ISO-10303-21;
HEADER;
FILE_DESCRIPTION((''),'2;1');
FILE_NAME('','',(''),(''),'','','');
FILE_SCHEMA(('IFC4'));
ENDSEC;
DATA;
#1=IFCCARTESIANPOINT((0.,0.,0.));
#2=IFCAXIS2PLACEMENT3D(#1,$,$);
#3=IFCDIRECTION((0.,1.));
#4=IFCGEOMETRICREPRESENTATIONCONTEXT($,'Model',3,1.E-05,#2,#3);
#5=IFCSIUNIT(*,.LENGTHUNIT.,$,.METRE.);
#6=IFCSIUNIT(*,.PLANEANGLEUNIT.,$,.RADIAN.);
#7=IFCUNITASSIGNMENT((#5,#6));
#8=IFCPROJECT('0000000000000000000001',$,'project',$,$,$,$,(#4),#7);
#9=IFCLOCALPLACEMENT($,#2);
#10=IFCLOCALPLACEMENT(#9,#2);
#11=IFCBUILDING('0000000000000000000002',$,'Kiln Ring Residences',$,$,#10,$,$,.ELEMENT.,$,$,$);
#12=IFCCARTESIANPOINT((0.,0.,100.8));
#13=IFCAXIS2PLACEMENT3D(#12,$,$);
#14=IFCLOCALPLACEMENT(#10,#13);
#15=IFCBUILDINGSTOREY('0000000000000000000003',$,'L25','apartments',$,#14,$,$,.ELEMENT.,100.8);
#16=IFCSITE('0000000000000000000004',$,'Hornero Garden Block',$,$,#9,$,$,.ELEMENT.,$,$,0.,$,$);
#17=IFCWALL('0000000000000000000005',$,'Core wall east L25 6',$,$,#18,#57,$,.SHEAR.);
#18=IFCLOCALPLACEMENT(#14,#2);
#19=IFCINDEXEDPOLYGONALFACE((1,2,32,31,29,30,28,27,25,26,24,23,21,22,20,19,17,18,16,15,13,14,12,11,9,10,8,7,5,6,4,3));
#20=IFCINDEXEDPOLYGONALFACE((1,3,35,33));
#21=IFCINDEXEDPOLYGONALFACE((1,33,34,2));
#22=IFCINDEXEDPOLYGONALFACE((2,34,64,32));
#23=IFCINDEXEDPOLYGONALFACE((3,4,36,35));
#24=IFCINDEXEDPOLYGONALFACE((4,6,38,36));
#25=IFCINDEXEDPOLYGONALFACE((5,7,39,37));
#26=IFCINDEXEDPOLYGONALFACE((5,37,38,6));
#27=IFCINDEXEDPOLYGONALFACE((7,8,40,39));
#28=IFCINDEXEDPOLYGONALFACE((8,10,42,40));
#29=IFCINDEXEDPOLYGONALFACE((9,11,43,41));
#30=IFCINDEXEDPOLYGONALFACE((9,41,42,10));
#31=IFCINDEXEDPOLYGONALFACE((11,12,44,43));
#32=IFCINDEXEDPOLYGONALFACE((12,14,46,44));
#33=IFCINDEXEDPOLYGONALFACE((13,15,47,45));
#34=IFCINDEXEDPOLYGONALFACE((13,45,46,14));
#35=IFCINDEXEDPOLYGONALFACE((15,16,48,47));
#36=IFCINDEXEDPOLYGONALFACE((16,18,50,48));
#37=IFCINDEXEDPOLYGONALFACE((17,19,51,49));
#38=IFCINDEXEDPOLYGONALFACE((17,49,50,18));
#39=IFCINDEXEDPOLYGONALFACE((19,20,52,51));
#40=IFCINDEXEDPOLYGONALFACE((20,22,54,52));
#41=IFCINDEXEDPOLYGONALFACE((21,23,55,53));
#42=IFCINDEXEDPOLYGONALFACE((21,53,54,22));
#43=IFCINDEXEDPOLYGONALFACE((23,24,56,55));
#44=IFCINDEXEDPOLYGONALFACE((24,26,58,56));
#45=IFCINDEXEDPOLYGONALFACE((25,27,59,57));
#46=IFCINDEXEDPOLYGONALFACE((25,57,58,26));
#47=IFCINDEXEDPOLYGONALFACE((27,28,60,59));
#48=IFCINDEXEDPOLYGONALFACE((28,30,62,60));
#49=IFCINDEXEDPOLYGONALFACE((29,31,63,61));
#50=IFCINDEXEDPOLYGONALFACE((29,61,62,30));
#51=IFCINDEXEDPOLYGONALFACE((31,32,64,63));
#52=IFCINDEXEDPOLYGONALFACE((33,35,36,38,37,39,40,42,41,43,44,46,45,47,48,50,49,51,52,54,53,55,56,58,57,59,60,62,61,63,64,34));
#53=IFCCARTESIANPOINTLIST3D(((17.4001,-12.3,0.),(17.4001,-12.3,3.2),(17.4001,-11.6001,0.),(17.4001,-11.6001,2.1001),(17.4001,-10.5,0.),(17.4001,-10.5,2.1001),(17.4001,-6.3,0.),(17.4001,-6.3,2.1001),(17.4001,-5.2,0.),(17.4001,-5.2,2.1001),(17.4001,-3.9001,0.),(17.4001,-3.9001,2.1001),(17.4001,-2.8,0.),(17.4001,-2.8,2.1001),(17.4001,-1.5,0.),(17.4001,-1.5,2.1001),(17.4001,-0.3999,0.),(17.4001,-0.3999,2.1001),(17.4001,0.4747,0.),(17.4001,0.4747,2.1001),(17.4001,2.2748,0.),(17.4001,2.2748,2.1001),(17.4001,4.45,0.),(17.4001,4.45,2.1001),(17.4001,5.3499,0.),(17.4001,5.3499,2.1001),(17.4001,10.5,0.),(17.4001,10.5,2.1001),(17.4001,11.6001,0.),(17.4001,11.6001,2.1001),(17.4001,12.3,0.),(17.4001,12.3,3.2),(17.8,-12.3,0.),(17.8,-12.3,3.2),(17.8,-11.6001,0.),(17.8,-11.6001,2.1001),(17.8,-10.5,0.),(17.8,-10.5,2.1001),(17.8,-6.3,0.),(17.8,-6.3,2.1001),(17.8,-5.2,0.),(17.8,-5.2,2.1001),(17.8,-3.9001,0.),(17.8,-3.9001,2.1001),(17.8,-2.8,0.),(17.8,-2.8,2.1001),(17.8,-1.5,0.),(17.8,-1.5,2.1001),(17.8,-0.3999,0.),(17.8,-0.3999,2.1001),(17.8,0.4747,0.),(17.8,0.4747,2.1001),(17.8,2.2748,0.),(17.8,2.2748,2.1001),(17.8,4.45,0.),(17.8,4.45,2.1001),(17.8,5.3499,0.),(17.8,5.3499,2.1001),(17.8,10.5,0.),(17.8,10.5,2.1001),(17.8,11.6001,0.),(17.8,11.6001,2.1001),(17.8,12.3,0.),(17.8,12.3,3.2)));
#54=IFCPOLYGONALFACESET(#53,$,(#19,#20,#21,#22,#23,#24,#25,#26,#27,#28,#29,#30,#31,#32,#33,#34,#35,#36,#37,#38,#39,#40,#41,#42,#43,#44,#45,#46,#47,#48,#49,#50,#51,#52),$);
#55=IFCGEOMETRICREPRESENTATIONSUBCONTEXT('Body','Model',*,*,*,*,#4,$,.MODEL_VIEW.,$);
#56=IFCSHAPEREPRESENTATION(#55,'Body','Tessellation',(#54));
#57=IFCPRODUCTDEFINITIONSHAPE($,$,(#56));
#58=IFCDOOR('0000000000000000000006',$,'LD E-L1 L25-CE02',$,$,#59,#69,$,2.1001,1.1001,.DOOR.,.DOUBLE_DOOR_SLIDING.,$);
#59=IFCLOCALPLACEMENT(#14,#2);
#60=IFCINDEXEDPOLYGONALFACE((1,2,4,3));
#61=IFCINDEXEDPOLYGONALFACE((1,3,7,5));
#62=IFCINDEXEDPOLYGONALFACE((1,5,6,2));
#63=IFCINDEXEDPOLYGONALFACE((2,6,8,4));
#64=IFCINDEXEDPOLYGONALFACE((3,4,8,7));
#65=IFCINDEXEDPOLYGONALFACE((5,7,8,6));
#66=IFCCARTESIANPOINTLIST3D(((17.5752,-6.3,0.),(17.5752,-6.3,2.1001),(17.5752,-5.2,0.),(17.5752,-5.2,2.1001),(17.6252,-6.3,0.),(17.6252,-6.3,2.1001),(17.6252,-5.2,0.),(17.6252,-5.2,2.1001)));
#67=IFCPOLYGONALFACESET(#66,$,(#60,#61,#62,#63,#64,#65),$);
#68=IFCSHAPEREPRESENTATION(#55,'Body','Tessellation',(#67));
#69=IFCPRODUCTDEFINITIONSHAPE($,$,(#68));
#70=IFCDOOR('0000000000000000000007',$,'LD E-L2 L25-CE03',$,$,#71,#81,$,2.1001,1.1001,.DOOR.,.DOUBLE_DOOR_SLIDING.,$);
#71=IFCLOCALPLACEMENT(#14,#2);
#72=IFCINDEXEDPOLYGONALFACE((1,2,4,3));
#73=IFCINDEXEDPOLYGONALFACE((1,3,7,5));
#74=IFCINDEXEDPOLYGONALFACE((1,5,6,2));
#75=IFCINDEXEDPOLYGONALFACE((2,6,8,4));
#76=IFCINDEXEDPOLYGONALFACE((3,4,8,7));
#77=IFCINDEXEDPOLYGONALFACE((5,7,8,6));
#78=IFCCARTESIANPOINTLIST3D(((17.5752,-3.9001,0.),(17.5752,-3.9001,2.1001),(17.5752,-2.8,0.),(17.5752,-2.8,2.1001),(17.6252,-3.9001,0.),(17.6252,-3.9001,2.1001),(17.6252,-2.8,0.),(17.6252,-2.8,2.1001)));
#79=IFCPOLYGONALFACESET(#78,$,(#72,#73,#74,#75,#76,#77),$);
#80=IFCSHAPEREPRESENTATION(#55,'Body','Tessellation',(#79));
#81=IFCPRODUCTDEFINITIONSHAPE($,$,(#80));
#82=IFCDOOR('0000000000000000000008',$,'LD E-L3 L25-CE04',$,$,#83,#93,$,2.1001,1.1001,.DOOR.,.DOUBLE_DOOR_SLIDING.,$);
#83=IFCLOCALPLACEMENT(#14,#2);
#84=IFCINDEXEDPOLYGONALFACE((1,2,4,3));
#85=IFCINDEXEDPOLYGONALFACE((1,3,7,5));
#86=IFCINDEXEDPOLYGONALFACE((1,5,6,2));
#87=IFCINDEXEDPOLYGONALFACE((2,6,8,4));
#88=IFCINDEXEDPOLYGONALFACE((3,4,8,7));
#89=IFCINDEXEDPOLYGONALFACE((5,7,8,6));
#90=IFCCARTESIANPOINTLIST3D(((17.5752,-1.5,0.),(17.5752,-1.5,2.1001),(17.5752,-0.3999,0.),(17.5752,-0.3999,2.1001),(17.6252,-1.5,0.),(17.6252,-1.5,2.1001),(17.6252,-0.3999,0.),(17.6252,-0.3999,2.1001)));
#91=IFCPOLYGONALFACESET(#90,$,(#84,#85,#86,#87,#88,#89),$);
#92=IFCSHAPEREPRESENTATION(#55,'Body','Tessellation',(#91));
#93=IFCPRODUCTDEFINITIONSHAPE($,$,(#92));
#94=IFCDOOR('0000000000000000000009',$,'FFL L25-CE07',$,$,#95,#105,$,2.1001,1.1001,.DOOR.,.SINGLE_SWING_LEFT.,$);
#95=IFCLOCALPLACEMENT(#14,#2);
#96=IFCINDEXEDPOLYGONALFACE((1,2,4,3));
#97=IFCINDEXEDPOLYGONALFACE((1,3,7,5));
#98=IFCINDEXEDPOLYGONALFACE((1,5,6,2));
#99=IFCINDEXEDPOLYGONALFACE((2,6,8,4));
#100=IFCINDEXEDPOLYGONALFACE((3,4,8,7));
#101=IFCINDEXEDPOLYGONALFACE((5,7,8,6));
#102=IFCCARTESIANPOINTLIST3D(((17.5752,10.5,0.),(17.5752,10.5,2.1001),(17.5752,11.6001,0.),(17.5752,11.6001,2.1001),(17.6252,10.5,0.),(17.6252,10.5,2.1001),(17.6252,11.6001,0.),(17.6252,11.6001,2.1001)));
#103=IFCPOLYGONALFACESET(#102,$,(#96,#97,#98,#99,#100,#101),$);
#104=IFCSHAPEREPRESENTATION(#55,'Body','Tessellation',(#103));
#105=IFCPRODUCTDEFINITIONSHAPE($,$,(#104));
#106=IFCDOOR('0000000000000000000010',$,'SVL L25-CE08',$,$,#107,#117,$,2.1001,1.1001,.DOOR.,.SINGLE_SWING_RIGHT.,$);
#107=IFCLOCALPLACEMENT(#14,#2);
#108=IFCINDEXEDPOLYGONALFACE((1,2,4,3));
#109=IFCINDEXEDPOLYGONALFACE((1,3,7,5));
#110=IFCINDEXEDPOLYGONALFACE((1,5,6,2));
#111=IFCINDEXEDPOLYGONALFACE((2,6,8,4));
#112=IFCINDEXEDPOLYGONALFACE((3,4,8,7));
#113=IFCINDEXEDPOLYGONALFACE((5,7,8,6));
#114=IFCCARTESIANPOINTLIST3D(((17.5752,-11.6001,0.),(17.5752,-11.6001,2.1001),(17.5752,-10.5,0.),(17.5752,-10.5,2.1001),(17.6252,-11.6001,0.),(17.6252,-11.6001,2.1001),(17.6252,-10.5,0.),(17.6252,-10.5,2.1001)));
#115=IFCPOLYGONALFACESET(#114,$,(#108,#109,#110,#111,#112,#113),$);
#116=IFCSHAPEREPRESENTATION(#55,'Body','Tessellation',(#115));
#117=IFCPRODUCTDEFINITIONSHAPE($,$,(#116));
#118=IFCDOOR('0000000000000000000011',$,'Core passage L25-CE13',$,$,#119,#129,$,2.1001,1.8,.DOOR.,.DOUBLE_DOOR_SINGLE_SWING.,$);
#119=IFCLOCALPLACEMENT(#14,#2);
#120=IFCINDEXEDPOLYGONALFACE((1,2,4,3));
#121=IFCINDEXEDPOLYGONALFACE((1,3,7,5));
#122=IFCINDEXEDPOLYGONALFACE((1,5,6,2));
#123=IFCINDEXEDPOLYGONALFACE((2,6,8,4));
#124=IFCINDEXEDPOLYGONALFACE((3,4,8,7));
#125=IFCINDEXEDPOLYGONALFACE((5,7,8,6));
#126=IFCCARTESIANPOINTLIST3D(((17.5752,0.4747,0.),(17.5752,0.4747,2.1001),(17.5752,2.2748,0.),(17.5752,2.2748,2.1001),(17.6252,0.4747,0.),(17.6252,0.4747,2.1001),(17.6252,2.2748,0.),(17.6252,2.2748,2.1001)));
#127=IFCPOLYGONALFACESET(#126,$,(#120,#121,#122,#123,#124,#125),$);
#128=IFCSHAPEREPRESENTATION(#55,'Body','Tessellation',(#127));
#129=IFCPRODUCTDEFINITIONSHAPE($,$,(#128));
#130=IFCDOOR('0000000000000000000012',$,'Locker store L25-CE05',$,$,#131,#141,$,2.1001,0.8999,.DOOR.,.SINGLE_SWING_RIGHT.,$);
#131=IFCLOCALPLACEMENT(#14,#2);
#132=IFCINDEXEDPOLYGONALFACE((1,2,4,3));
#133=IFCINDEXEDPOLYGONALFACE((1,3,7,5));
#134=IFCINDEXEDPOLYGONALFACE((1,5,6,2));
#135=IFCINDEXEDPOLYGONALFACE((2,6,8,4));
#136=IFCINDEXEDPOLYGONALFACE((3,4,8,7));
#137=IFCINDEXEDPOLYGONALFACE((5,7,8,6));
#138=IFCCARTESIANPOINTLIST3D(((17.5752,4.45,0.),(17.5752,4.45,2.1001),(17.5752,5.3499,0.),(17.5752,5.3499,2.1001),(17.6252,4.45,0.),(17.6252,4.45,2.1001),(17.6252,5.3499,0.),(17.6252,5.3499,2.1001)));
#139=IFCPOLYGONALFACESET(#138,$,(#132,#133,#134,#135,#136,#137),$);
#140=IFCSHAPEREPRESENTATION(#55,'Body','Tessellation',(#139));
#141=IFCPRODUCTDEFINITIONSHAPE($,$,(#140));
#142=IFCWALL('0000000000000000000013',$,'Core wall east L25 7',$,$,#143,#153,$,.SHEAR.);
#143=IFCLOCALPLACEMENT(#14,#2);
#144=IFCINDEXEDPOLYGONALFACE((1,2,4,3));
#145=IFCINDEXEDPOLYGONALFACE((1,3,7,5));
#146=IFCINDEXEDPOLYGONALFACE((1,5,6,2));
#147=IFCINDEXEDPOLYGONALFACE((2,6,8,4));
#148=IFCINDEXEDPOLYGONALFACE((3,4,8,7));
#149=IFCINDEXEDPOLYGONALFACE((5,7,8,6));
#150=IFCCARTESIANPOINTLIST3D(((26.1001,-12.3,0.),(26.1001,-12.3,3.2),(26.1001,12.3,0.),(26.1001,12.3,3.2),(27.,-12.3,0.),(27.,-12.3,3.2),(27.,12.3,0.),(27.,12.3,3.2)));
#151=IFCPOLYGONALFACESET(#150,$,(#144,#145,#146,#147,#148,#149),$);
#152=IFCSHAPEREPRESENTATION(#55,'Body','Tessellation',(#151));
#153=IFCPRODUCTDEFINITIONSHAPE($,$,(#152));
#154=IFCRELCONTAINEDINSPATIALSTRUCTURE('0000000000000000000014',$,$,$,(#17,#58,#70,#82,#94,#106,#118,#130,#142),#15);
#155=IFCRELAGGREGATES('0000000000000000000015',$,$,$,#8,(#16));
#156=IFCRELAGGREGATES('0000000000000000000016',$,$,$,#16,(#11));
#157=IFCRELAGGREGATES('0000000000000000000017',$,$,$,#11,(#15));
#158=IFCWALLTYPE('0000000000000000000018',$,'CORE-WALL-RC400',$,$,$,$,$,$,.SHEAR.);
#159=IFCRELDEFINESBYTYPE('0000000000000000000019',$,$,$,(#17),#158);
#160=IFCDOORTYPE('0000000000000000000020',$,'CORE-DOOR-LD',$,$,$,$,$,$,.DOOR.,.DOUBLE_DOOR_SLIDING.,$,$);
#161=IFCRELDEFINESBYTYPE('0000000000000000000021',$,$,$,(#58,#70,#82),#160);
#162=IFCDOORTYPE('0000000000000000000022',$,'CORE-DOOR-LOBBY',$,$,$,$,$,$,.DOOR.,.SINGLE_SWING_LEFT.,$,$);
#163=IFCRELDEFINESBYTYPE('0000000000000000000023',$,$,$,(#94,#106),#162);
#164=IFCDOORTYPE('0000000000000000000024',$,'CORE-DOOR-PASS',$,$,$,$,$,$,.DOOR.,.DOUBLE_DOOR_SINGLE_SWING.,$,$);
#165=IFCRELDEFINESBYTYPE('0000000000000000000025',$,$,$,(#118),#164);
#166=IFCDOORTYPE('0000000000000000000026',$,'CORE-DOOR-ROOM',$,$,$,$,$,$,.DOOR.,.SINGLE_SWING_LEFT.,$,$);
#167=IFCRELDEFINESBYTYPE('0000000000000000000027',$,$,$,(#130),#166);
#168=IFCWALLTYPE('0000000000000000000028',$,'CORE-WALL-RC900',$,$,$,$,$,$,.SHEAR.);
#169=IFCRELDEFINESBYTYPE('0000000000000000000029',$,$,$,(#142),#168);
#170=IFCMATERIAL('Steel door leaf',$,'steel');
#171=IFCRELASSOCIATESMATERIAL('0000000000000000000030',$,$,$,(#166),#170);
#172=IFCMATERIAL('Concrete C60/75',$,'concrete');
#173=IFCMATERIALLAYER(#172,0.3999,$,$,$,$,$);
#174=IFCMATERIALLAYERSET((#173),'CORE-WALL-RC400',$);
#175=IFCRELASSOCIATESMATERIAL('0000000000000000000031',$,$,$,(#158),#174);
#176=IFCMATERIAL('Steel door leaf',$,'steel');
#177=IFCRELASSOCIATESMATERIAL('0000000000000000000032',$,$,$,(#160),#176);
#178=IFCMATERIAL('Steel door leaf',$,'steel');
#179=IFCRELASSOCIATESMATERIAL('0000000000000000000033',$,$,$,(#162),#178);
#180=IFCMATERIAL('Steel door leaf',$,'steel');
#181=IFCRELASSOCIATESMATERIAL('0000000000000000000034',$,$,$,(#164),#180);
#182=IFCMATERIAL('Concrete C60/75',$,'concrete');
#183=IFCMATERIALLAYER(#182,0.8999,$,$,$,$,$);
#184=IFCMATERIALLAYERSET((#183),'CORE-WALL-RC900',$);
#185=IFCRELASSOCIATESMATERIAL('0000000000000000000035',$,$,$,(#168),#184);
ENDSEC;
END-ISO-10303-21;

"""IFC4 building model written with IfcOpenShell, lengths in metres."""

from ifc_helpers import new_model, si_unit, direction, frame, frame_2d, origin, place, context, subcontext, project, spatial, rectangle, extrude, material, layer, layer_set, type_object, element, fill, save


model = new_model("IFC4")

# Units and contexts
model_context = context("Model", 3, precision=1e-05, world=origin(), true_north=direction((0.0, 1.0)))
body_context = subcontext(model_context, "Body", "Model", "MODEL_VIEW")
ifc_project = project(units=[si_unit("LENGTHUNIT", "METRE"), si_unit("PLANEANGLEUNIT", "RADIAN")], contexts=[model_context])

# Site, building, storey
site_placement = place(None, origin())
site = spatial("IfcSite", under=ifc_project, at=site_placement, Name="Hornero Garden Block", CompositionType="ELEMENT", RefElevation=0.0)
building_placement = place(site_placement, origin())
building = spatial("IfcBuilding", under=site, at=building_placement, Name="Kiln Ring Residences", CompositionType="ELEMENT")
storey_placement = place(building_placement, frame((0.0, 0.0, 100.8)))
storey = spatial("IfcBuildingStorey", under=building, at=storey_placement, Name="L25", Description="apartments", CompositionType="ELEMENT", Elevation=100.8)

# Shared definitions
ifc_material_1 = material(Name="Steel door leaf", Category="steel")
door_type_1 = type_object("IfcDoorType", Name="CORE-DOOR-ROOM", OperationType="SINGLE_SWING_LEFT", PredefinedType="DOOR", material=ifc_material_1)

# Wall, openings, doors
ifc_material_2 = material(Name="Concrete C60/75", Category="concrete")
ifc_layer_1 = layer(ifc_material_2, 0.3999)
ifc_layer_set_1 = layer_set([ifc_layer_1], Name="CORE-WALL-RC400")
wall_type_1 = type_object("IfcWallType", Name="CORE-WALL-RC400", PredefinedType="SHEAR", material=ifc_layer_set_1)
wall_1_placement = place(storey_placement, frame((17.6001, -12.3, 0.0), z_axis=(0.0, 0.0, 1.0), x_axis=(0.0, 1.0, 0.0)))
wall_1 = element("IfcWall", 1, at=wall_1_placement, inside=storey, type_object=wall_type_1, Name="Core wall east L25 6", PredefinedType="SHEAR", context=body_context, shape_type="SweptSolid", body=[
    extrude(rectangle(XDim=24.6001, YDim=0.3999, at=frame_2d((12.3, 0.0))), origin(), (0.0, 0.0, 1.0), 3.2),
])
opening_1_placement = place(wall_1_placement, frame((6.0, 0.0, 0.0)))
opening_1 = element("IfcOpeningElement", 2, at=opening_1_placement, cuts=wall_1, PredefinedType="OPENING", context=body_context, shape_type="SweptSolid", body=[
    extrude(rectangle(XDim=1.1001, YDim=2.1001, at=frame_2d((0.55, 1.05))), frame((0.0, 0.21, 0.0), z_axis=(0.0, -1.0, 0.0), x_axis=(1.0, 0.0, 0.0)), (0.0, 0.0, 1.0), 0.4199),
])
opening_2_placement = place(wall_1_placement, frame((8.3999, 0.0, 0.0)))
opening_2 = element("IfcOpeningElement", 3, at=opening_2_placement, cuts=wall_1, PredefinedType="OPENING", context=body_context, shape_type="SweptSolid", body=[
    extrude(rectangle(XDim=1.1001, YDim=2.1001, at=frame_2d((0.55, 1.05))), frame((0.0, 0.21, 0.0), z_axis=(0.0, -1.0, 0.0), x_axis=(1.0, 0.0, 0.0)), (0.0, 0.0, 1.0), 0.4199),
])
opening_3_placement = place(wall_1_placement, frame((10.8, 0.0, 0.0)))
opening_3 = element("IfcOpeningElement", 4, at=opening_3_placement, cuts=wall_1, PredefinedType="OPENING", context=body_context, shape_type="SweptSolid", body=[
    extrude(rectangle(XDim=1.1001, YDim=2.1001, at=frame_2d((0.55, 1.05))), frame((0.0, 0.21, 0.0), z_axis=(0.0, -1.0, 0.0), x_axis=(1.0, 0.0, 0.0)), (0.0, 0.0, 1.0), 0.4199),
])
opening_4_placement = place(wall_1_placement, frame((16.75, 0.0, 0.0)))
opening_4 = element("IfcOpeningElement", 5, at=opening_4_placement, cuts=wall_1, PredefinedType="OPENING", context=body_context, shape_type="SweptSolid", body=[
    extrude(rectangle(XDim=0.8999, YDim=2.1001, at=frame_2d((0.45, 1.05))), frame((0.0, 0.21, 0.0), z_axis=(0.0, -1.0, 0.0), x_axis=(1.0, 0.0, 0.0)), (0.0, 0.0, 1.0), 0.4199),
])
opening_5_placement = place(wall_1_placement, frame((22.8, 0.0, 0.0)))
opening_5 = element("IfcOpeningElement", 6, at=opening_5_placement, cuts=wall_1, PredefinedType="OPENING", context=body_context, shape_type="SweptSolid", body=[
    extrude(rectangle(XDim=1.1001, YDim=2.1001, at=frame_2d((0.55, 1.05))), frame((0.0, 0.21, 0.0), z_axis=(0.0, -1.0, 0.0), x_axis=(1.0, 0.0, 0.0)), (0.0, 0.0, 1.0), 0.4199),
])
opening_6_placement = place(wall_1_placement, frame((0.7, 0.0, 0.0)))
opening_6 = element("IfcOpeningElement", 7, at=opening_6_placement, cuts=wall_1, PredefinedType="OPENING", context=body_context, shape_type="SweptSolid", body=[
    extrude(rectangle(XDim=1.1001, YDim=2.1001, at=frame_2d((0.55, 1.05))), frame((0.0, 0.21, 0.0), z_axis=(0.0, -1.0, 0.0), x_axis=(1.0, 0.0, 0.0)), (0.0, 0.0, 1.0), 0.4199),
])
opening_7_placement = place(wall_1_placement, frame((12.7749, 0.0, 0.0)))
opening_7 = element("IfcOpeningElement", 8, at=opening_7_placement, cuts=wall_1, PredefinedType="OPENING", context=body_context, shape_type="SweptSolid", body=[
    extrude(rectangle(XDim=1.8, YDim=2.1001, at=frame_2d((0.8999, 1.05))), frame((0.0, 0.21, 0.0), z_axis=(0.0, -1.0, 0.0), x_axis=(1.0, 0.0, 0.0)), (0.0, 0.0, 1.0), 0.4199),
])
ifc_material_3 = material(Name="Steel door leaf", Category="steel")
door_type_2 = type_object("IfcDoorType", Name="CORE-DOOR-LD", OperationType="DOUBLE_DOOR_SLIDING", PredefinedType="DOOR", material=ifc_material_3)
door_1_placement = place(opening_1_placement, origin())
door_1 = element("IfcDoor", 9, at=door_1_placement, inside=storey, type_object=door_type_2, Name="LD E-L1 L25-CE02", OperationType="DOUBLE_DOOR_SLIDING", OverallHeight=2.1001, OverallWidth=1.1001, PredefinedType="DOOR", context=body_context, shape_type="SweptSolid", body=[
    extrude(rectangle(XDim=1.1001, YDim=2.1001, at=frame_2d((0.55, 1.05))), frame((0.0, 0.0249, 0.0), z_axis=(0.0, -1.0, 0.0), x_axis=(1.0, 0.0, 0.0)), (0.0, 0.0, 1.0), 0.05),
])
fill(opening_1, door_1)
door_2_placement = place(opening_2_placement, origin())
door_2 = element("IfcDoor", 10, at=door_2_placement, inside=storey, type_object=door_type_2, Name="LD E-L2 L25-CE03", OperationType="DOUBLE_DOOR_SLIDING", OverallHeight=2.1001, OverallWidth=1.1001, PredefinedType="DOOR", context=body_context, shape_type="SweptSolid", body=[
    extrude(rectangle(XDim=1.1001, YDim=2.1001, at=frame_2d((0.55, 1.05))), frame((0.0, 0.0249, 0.0), z_axis=(0.0, -1.0, 0.0), x_axis=(1.0, 0.0, 0.0)), (0.0, 0.0, 1.0), 0.05),
])
fill(opening_2, door_2)
door_3_placement = place(opening_3_placement, origin())
door_3 = element("IfcDoor", 11, at=door_3_placement, inside=storey, type_object=door_type_2, Name="LD E-L3 L25-CE04", OperationType="DOUBLE_DOOR_SLIDING", OverallHeight=2.1001, OverallWidth=1.1001, PredefinedType="DOOR", context=body_context, shape_type="SweptSolid", body=[
    extrude(rectangle(XDim=1.1001, YDim=2.1001, at=frame_2d((0.55, 1.05))), frame((0.0, 0.0249, 0.0), z_axis=(0.0, -1.0, 0.0), x_axis=(1.0, 0.0, 0.0)), (0.0, 0.0, 1.0), 0.05),
])
fill(opening_3, door_3)
ifc_material_4 = material(Name="Steel door leaf", Category="steel")
door_type_3 = type_object("IfcDoorType", Name="CORE-DOOR-LOBBY", OperationType="SINGLE_SWING_LEFT", PredefinedType="DOOR", material=ifc_material_4)
door_4_placement = place(opening_5_placement, origin())
door_4 = element("IfcDoor", 12, at=door_4_placement, inside=storey, type_object=door_type_3, Name="FFL L25-CE07", OperationType="SINGLE_SWING_LEFT", OverallHeight=2.1001, OverallWidth=1.1001, PredefinedType="DOOR", context=body_context, shape_type="SweptSolid", body=[
    extrude(rectangle(XDim=1.1001, YDim=2.1001, at=frame_2d((0.55, 1.05))), frame((0.0, 0.0249, 0.0), z_axis=(0.0, -1.0, 0.0), x_axis=(1.0, 0.0, 0.0)), (0.0, 0.0, 1.0), 0.05),
])
fill(opening_5, door_4)
door_5_placement = place(opening_6_placement, origin())
door_5 = element("IfcDoor", 13, at=door_5_placement, inside=storey, type_object=door_type_3, Name="SVL L25-CE08", OperationType="SINGLE_SWING_RIGHT", OverallHeight=2.1001, OverallWidth=1.1001, PredefinedType="DOOR", context=body_context, shape_type="SweptSolid", body=[
    extrude(rectangle(XDim=1.1001, YDim=2.1001, at=frame_2d((0.55, 1.05))), frame((0.0, 0.0249, 0.0), z_axis=(0.0, -1.0, 0.0), x_axis=(1.0, 0.0, 0.0)), (0.0, 0.0, 1.0), 0.05),
])
fill(opening_6, door_5)
ifc_material_5 = material(Name="Steel door leaf", Category="steel")
door_type_4 = type_object("IfcDoorType", Name="CORE-DOOR-PASS", OperationType="DOUBLE_DOOR_SINGLE_SWING", PredefinedType="DOOR", material=ifc_material_5)
door_6_placement = place(opening_7_placement, origin())
door_6 = element("IfcDoor", 14, at=door_6_placement, inside=storey, type_object=door_type_4, Name="Core passage L25-CE13", OperationType="DOUBLE_DOOR_SINGLE_SWING", OverallHeight=2.1001, OverallWidth=1.8, PredefinedType="DOOR", context=body_context, shape_type="SweptSolid", body=[
    extrude(rectangle(XDim=1.8, YDim=2.1001, at=frame_2d((0.8999, 1.05))), frame((0.0, 0.0249, 0.0), z_axis=(0.0, -1.0, 0.0), x_axis=(1.0, 0.0, 0.0)), (0.0, 0.0, 1.0), 0.05),
])
fill(opening_7, door_6)
door_7_placement = place(opening_4_placement, origin())
door_7 = element("IfcDoor", 15, at=door_7_placement, inside=storey, type_object=door_type_1, Name="Locker store L25-CE05", OperationType="SINGLE_SWING_RIGHT", OverallHeight=2.1001, OverallWidth=0.8999, PredefinedType="DOOR", context=body_context, shape_type="SweptSolid", body=[
    extrude(rectangle(XDim=0.8999, YDim=2.1001, at=frame_2d((0.45, 1.05))), frame((0.0, 0.0249, 0.0), z_axis=(0.0, -1.0, 0.0), x_axis=(1.0, 0.0, 0.0)), (0.0, 0.0, 1.0), 0.05),
])
fill(opening_4, door_7)

# Wall
ifc_material_6 = material(Name="Concrete C60/75", Category="concrete")
ifc_layer_2 = layer(ifc_material_6, 0.8999)
ifc_layer_set_2 = layer_set([ifc_layer_2], Name="CORE-WALL-RC900")
wall_type_2 = type_object("IfcWallType", Name="CORE-WALL-RC900", PredefinedType="SHEAR", material=ifc_layer_set_2)
wall_2_placement = place(storey_placement, frame((26.55, -12.3, 0.0), z_axis=(0.0, 0.0, 1.0), x_axis=(0.0, 1.0, 0.0)))
element("IfcWall", 16, at=wall_2_placement, inside=storey, type_object=wall_type_2, Name="Core wall east L25 7", PredefinedType="SHEAR", context=body_context, shape_type="SweptSolid", body=[
    extrude(rectangle(XDim=24.6001, YDim=0.8999, at=frame_2d((12.3, 0.0))), origin(), (0.0, 0.0, 1.0), 3.2),
])

save(model, "model.ifc")
